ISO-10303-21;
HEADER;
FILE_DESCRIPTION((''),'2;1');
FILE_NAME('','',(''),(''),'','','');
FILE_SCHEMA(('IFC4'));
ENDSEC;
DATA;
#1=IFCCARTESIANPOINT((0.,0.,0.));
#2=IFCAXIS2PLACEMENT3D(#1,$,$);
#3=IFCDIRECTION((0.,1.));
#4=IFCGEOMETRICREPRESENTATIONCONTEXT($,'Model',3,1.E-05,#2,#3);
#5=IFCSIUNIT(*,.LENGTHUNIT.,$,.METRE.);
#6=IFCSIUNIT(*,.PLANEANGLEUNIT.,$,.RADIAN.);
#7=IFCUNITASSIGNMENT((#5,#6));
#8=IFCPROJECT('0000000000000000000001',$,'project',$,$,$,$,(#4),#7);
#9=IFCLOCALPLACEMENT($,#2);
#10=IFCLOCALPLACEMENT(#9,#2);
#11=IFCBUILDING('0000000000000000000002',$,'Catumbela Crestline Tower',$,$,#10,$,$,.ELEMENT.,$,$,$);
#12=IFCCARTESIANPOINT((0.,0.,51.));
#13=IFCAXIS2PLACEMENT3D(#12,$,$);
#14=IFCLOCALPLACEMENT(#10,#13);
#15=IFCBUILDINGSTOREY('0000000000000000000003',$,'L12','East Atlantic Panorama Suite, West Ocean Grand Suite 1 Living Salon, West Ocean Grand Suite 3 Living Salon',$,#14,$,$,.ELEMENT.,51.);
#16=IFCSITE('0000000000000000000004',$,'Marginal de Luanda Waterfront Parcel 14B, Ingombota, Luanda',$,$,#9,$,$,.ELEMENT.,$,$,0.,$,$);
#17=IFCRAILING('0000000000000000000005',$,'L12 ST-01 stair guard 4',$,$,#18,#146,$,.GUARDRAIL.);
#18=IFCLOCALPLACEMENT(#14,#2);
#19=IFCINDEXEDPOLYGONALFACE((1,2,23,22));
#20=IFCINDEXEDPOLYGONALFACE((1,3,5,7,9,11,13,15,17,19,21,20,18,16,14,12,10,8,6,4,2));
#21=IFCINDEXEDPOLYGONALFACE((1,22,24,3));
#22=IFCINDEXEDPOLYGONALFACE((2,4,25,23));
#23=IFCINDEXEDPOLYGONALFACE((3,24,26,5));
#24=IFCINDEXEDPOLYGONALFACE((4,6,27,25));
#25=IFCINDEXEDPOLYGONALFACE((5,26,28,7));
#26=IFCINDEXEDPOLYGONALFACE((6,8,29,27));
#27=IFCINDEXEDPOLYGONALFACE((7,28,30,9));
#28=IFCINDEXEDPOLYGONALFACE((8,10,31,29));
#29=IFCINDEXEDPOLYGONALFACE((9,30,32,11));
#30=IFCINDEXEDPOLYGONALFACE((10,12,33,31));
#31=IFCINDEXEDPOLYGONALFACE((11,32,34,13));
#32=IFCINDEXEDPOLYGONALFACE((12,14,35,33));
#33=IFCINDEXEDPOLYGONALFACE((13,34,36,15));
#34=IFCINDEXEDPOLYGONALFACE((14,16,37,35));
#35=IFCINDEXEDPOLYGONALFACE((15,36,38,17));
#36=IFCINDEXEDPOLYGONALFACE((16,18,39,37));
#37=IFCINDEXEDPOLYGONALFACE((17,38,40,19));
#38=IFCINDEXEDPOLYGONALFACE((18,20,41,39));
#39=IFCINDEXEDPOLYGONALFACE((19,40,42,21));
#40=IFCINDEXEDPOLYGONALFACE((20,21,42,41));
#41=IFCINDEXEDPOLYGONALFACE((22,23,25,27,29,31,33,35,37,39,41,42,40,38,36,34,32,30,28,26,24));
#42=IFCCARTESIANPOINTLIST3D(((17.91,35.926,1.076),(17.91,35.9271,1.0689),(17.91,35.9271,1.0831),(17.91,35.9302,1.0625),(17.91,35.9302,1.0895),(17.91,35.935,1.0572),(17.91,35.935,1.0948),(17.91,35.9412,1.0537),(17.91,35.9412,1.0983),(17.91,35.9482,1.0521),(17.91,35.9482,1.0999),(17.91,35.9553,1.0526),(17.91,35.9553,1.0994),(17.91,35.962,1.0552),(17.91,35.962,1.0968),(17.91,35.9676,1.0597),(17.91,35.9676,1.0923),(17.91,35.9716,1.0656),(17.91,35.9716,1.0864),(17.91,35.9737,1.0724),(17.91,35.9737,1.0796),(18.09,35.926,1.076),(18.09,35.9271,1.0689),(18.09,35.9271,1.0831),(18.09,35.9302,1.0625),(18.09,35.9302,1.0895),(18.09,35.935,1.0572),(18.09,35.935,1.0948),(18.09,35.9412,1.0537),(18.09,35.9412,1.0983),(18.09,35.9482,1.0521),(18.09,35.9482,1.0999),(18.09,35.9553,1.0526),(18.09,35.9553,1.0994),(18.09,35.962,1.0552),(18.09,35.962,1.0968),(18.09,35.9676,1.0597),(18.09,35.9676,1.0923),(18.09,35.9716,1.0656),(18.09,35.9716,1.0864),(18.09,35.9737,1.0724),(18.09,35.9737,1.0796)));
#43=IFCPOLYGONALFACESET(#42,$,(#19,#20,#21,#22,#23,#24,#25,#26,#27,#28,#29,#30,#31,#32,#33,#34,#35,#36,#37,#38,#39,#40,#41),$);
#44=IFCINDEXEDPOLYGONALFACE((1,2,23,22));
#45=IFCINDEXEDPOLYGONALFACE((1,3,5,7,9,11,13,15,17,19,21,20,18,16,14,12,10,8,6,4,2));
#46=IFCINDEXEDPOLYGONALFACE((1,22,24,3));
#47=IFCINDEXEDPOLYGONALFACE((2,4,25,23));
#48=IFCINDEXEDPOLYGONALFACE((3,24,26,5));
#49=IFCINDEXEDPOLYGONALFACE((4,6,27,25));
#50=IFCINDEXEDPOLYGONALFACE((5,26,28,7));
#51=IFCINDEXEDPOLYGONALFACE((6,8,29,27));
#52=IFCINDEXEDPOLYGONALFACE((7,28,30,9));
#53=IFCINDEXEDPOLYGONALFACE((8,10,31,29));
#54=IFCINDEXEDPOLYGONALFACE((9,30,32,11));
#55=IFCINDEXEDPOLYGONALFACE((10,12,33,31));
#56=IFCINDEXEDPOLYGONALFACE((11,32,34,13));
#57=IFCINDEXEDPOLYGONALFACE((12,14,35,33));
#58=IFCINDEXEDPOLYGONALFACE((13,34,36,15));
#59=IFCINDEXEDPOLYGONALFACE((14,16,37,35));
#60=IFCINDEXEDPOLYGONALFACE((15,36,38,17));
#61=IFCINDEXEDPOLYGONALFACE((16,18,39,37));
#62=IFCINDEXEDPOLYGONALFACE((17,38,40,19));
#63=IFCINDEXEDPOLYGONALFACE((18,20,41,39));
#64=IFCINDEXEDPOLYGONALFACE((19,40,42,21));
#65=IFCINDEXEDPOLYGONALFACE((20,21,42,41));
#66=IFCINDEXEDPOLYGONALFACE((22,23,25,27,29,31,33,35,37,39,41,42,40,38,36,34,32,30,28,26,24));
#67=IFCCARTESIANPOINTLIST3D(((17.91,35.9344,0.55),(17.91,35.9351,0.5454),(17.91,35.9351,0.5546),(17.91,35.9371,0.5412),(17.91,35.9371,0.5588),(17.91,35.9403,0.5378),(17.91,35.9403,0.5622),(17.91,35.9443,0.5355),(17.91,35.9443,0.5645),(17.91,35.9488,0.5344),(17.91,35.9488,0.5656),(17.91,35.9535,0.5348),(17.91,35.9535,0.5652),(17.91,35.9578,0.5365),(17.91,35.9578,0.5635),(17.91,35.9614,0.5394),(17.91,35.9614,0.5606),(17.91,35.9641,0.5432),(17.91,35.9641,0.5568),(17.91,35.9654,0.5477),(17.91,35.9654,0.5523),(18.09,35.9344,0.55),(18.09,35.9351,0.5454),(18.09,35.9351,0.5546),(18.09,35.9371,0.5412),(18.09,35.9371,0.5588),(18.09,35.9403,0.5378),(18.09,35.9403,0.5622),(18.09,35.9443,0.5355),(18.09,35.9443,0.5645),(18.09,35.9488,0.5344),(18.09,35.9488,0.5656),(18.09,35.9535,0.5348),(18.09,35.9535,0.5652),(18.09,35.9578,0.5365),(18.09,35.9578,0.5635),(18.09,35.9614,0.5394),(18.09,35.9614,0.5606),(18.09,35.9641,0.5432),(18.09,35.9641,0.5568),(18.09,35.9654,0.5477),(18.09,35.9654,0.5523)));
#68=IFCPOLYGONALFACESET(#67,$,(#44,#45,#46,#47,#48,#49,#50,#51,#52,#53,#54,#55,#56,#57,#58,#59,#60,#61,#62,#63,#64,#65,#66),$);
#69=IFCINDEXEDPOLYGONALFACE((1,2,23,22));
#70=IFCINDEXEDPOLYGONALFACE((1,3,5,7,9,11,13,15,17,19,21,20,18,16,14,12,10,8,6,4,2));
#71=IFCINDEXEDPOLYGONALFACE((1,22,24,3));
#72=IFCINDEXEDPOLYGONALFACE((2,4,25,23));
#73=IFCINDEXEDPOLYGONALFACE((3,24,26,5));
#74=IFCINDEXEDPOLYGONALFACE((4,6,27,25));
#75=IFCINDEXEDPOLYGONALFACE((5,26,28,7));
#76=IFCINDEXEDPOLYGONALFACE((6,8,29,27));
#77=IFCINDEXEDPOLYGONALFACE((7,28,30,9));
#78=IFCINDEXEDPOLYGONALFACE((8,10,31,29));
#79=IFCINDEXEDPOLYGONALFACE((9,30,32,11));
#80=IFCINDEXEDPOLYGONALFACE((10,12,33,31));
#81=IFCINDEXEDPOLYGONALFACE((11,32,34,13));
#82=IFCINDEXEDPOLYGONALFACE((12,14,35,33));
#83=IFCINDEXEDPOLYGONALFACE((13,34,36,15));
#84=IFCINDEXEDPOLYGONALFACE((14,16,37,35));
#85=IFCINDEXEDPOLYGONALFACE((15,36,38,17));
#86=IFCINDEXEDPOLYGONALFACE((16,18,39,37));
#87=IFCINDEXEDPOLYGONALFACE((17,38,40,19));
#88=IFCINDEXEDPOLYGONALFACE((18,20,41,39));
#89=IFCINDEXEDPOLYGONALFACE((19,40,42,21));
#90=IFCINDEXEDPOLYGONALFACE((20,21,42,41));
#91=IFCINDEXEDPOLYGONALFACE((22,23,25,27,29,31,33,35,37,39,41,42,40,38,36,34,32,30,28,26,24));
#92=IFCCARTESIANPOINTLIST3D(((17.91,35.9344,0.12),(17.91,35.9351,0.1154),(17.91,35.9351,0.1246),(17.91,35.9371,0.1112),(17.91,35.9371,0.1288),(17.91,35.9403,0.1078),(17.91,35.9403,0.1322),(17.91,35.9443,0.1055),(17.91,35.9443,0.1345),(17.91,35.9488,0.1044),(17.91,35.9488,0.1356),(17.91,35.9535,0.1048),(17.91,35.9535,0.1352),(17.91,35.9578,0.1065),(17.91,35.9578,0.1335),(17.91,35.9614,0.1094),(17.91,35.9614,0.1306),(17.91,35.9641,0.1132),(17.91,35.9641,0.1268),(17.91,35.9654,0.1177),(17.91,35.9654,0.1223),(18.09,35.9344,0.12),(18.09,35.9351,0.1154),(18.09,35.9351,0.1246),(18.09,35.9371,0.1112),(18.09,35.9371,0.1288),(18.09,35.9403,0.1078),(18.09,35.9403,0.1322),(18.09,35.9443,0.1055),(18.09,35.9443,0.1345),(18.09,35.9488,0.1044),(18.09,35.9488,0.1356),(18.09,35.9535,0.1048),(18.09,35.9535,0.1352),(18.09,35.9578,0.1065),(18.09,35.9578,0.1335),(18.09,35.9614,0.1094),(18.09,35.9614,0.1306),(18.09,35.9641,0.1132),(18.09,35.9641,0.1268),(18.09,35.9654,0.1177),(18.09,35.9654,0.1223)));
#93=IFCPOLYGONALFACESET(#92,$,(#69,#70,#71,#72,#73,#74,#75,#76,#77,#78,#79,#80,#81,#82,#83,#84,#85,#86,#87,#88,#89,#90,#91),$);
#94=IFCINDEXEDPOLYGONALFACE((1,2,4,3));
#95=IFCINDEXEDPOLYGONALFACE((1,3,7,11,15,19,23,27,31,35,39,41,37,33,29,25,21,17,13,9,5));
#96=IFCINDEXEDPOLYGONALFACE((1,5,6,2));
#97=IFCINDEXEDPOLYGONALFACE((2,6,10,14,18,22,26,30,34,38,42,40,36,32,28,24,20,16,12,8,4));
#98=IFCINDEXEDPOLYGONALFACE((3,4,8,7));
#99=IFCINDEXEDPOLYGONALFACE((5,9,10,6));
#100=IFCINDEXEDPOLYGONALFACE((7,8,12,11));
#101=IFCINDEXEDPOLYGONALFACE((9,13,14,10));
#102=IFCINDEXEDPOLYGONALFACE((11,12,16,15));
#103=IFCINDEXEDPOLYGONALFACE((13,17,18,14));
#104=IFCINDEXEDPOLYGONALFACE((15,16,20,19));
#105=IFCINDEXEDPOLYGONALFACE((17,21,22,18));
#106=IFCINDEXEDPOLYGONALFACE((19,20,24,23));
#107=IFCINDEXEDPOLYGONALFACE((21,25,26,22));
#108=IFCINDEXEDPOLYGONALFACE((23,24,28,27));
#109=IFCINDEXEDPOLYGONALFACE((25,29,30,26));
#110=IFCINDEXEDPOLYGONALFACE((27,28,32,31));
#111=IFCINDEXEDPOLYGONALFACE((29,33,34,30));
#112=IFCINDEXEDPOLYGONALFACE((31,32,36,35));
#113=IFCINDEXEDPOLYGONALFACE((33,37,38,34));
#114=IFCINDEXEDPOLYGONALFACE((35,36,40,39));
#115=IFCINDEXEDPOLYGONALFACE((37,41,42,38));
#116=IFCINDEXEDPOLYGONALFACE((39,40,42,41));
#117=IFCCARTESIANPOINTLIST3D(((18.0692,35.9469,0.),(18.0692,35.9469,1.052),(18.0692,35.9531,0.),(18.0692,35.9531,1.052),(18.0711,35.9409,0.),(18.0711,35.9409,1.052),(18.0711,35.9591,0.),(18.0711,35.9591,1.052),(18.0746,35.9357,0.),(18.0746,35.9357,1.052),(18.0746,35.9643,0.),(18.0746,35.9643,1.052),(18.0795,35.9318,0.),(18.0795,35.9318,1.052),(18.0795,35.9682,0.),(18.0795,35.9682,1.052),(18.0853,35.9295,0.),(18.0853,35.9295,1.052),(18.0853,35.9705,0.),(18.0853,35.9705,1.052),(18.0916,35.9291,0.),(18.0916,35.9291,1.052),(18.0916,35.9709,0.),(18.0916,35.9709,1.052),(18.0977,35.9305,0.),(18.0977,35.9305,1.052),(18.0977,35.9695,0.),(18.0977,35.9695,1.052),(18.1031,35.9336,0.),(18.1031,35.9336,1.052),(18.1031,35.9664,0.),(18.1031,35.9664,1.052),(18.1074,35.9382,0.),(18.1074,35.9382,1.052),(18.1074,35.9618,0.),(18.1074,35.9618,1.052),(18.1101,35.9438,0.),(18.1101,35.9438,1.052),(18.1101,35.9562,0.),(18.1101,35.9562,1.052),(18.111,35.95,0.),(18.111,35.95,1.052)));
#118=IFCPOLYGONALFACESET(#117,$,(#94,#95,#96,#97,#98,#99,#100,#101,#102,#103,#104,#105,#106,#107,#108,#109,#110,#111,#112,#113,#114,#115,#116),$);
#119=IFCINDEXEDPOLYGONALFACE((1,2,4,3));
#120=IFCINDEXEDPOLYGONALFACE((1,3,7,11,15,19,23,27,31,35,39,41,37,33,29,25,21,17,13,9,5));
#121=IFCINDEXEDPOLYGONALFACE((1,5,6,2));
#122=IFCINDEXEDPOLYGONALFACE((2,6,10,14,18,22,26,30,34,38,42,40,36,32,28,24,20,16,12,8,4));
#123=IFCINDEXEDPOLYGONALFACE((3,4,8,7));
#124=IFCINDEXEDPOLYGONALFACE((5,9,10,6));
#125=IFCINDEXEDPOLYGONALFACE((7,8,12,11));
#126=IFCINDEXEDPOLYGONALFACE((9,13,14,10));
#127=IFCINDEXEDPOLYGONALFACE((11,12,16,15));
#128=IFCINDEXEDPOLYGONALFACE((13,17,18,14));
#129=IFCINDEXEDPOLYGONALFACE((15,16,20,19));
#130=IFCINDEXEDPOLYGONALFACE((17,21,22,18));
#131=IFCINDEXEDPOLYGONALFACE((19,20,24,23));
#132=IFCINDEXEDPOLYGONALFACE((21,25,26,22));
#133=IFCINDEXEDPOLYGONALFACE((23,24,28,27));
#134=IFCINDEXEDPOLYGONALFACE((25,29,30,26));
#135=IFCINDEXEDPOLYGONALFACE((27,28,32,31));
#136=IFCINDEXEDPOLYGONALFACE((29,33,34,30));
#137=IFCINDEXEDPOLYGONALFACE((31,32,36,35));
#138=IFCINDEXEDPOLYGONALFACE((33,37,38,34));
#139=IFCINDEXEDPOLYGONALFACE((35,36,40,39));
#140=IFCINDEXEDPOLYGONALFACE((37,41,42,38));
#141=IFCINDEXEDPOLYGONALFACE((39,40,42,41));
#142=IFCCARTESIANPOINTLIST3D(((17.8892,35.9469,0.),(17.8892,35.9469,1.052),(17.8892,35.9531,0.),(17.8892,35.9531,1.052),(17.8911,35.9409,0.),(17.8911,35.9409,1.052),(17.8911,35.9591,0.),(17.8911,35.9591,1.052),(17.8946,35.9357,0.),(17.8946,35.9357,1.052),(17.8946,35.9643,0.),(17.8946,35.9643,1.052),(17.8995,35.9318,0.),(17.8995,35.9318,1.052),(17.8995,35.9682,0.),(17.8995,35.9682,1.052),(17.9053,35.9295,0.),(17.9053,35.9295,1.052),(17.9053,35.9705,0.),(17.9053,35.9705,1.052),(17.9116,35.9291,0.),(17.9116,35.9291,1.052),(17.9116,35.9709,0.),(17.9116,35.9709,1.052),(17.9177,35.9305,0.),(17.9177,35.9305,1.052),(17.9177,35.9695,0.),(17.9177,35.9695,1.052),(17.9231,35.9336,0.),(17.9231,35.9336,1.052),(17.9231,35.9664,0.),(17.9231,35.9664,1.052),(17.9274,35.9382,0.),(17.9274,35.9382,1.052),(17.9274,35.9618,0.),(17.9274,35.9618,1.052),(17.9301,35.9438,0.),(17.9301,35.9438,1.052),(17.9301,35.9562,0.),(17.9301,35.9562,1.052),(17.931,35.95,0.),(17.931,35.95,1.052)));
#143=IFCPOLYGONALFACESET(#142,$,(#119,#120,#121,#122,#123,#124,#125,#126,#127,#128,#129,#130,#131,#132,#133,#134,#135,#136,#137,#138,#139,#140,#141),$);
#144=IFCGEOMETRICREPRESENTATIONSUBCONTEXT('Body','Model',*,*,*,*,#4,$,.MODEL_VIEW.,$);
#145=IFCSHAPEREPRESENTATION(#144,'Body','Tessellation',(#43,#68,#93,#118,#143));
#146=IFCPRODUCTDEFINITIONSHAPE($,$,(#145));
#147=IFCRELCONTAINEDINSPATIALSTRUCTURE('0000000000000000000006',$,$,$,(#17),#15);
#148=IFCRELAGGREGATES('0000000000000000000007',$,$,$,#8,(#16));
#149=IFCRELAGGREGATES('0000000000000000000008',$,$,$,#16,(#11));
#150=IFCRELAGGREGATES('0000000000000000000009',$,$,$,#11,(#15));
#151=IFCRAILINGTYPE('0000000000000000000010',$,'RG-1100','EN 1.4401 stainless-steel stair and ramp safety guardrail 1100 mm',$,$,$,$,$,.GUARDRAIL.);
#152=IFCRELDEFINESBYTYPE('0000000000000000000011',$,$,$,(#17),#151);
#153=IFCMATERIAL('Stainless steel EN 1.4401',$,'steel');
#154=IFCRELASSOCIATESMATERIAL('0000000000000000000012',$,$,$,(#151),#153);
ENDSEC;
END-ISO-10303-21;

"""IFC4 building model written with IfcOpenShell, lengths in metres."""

from ifc_helpers import new_model, si_unit, direction, frame, origin, origin_2d, place, context, subcontext, project, spatial, circle, extrude, material, type_object, element, save


model = new_model("IFC4")

# Units and contexts
model_context = context("Model", 3, precision=1e-05, world=origin(), true_north=direction((0.0, 1.0)))
body_context = subcontext(model_context, "Body", "Model", "MODEL_VIEW")
ifc_project = project(units=[si_unit("LENGTHUNIT", "METRE"), si_unit("PLANEANGLEUNIT", "RADIAN")], contexts=[model_context])

# Site, building, storey
site_placement = place(None, origin())
site = spatial("IfcSite", under=ifc_project, at=site_placement, Name="Marginal de Luanda Waterfront Parcel 14B, Ingombota, Luanda", CompositionType="ELEMENT", RefElevation=0.0)
building_placement = place(site_placement, origin())
building = spatial("IfcBuilding", under=site, at=building_placement, Name="Catumbela Crestline Tower", CompositionType="ELEMENT")
storey_placement = place(building_placement, frame((0.0, 0.0, 51.0)))
storey = spatial("IfcBuildingStorey", under=building, at=storey_placement, Name="L12", Description="East Atlantic Panorama Suite, West Ocean Grand Suite 1 Living Salon, West Ocean Grand Suite 3 Living Salon", CompositionType="ELEMENT", Elevation=51.0)

# Shared definitions
ifc_material_1 = material(Name="Stainless steel EN 1.4401", Category="steel")

# Railing
railing_type = type_object("IfcRailingType", Name="RG-1100", Description="EN 1.4401 stainless-steel stair and ramp safety guardrail 1100 mm", PredefinedType="GUARDRAIL", material=ifc_material_1)
railing_placement = place(storey_placement, frame((18.09, 35.95, 0.0)))
element("IfcRailing", 1, at=railing_placement, inside=storey, type_object=railing_type, Name="L12 ST-01 stair guard 4", PredefinedType="GUARDRAIL", context=body_context, shape_type="SweptSolid", body=[
    extrude(circle(Radius=0.024, at=origin_2d()), frame((0.0, 0.0, 1.076), z_axis=(-1.0, 0.0, 0.0), x_axis=(0.0, -1.0, 0.0)), (0.0, 0.0, 1.0), 0.18),
    extrude(circle(Radius=0.0156, at=origin_2d()), frame((0.0, 0.0, 0.55), z_axis=(-1.0, 0.0, 0.0), x_axis=(0.0, -1.0, 0.0)), (0.0, 0.0, 1.0), 0.18),
    extrude(circle(Radius=0.0156, at=origin_2d()), frame((0.0, 0.0, 0.12), z_axis=(-1.0, 0.0, 0.0), x_axis=(0.0, -1.0, 0.0)), (0.0, 0.0, 1.0), 0.18),
    extrude(circle(Radius=0.021, at=origin_2d()), origin(), (0.0, 0.0, 1.0), 1.052),
    extrude(circle(Radius=0.021, at=origin_2d()), frame((-0.18, 0.0, 0.0)), (0.0, 0.0, 1.0), 1.052),
])

save(model, "model.ifc")
